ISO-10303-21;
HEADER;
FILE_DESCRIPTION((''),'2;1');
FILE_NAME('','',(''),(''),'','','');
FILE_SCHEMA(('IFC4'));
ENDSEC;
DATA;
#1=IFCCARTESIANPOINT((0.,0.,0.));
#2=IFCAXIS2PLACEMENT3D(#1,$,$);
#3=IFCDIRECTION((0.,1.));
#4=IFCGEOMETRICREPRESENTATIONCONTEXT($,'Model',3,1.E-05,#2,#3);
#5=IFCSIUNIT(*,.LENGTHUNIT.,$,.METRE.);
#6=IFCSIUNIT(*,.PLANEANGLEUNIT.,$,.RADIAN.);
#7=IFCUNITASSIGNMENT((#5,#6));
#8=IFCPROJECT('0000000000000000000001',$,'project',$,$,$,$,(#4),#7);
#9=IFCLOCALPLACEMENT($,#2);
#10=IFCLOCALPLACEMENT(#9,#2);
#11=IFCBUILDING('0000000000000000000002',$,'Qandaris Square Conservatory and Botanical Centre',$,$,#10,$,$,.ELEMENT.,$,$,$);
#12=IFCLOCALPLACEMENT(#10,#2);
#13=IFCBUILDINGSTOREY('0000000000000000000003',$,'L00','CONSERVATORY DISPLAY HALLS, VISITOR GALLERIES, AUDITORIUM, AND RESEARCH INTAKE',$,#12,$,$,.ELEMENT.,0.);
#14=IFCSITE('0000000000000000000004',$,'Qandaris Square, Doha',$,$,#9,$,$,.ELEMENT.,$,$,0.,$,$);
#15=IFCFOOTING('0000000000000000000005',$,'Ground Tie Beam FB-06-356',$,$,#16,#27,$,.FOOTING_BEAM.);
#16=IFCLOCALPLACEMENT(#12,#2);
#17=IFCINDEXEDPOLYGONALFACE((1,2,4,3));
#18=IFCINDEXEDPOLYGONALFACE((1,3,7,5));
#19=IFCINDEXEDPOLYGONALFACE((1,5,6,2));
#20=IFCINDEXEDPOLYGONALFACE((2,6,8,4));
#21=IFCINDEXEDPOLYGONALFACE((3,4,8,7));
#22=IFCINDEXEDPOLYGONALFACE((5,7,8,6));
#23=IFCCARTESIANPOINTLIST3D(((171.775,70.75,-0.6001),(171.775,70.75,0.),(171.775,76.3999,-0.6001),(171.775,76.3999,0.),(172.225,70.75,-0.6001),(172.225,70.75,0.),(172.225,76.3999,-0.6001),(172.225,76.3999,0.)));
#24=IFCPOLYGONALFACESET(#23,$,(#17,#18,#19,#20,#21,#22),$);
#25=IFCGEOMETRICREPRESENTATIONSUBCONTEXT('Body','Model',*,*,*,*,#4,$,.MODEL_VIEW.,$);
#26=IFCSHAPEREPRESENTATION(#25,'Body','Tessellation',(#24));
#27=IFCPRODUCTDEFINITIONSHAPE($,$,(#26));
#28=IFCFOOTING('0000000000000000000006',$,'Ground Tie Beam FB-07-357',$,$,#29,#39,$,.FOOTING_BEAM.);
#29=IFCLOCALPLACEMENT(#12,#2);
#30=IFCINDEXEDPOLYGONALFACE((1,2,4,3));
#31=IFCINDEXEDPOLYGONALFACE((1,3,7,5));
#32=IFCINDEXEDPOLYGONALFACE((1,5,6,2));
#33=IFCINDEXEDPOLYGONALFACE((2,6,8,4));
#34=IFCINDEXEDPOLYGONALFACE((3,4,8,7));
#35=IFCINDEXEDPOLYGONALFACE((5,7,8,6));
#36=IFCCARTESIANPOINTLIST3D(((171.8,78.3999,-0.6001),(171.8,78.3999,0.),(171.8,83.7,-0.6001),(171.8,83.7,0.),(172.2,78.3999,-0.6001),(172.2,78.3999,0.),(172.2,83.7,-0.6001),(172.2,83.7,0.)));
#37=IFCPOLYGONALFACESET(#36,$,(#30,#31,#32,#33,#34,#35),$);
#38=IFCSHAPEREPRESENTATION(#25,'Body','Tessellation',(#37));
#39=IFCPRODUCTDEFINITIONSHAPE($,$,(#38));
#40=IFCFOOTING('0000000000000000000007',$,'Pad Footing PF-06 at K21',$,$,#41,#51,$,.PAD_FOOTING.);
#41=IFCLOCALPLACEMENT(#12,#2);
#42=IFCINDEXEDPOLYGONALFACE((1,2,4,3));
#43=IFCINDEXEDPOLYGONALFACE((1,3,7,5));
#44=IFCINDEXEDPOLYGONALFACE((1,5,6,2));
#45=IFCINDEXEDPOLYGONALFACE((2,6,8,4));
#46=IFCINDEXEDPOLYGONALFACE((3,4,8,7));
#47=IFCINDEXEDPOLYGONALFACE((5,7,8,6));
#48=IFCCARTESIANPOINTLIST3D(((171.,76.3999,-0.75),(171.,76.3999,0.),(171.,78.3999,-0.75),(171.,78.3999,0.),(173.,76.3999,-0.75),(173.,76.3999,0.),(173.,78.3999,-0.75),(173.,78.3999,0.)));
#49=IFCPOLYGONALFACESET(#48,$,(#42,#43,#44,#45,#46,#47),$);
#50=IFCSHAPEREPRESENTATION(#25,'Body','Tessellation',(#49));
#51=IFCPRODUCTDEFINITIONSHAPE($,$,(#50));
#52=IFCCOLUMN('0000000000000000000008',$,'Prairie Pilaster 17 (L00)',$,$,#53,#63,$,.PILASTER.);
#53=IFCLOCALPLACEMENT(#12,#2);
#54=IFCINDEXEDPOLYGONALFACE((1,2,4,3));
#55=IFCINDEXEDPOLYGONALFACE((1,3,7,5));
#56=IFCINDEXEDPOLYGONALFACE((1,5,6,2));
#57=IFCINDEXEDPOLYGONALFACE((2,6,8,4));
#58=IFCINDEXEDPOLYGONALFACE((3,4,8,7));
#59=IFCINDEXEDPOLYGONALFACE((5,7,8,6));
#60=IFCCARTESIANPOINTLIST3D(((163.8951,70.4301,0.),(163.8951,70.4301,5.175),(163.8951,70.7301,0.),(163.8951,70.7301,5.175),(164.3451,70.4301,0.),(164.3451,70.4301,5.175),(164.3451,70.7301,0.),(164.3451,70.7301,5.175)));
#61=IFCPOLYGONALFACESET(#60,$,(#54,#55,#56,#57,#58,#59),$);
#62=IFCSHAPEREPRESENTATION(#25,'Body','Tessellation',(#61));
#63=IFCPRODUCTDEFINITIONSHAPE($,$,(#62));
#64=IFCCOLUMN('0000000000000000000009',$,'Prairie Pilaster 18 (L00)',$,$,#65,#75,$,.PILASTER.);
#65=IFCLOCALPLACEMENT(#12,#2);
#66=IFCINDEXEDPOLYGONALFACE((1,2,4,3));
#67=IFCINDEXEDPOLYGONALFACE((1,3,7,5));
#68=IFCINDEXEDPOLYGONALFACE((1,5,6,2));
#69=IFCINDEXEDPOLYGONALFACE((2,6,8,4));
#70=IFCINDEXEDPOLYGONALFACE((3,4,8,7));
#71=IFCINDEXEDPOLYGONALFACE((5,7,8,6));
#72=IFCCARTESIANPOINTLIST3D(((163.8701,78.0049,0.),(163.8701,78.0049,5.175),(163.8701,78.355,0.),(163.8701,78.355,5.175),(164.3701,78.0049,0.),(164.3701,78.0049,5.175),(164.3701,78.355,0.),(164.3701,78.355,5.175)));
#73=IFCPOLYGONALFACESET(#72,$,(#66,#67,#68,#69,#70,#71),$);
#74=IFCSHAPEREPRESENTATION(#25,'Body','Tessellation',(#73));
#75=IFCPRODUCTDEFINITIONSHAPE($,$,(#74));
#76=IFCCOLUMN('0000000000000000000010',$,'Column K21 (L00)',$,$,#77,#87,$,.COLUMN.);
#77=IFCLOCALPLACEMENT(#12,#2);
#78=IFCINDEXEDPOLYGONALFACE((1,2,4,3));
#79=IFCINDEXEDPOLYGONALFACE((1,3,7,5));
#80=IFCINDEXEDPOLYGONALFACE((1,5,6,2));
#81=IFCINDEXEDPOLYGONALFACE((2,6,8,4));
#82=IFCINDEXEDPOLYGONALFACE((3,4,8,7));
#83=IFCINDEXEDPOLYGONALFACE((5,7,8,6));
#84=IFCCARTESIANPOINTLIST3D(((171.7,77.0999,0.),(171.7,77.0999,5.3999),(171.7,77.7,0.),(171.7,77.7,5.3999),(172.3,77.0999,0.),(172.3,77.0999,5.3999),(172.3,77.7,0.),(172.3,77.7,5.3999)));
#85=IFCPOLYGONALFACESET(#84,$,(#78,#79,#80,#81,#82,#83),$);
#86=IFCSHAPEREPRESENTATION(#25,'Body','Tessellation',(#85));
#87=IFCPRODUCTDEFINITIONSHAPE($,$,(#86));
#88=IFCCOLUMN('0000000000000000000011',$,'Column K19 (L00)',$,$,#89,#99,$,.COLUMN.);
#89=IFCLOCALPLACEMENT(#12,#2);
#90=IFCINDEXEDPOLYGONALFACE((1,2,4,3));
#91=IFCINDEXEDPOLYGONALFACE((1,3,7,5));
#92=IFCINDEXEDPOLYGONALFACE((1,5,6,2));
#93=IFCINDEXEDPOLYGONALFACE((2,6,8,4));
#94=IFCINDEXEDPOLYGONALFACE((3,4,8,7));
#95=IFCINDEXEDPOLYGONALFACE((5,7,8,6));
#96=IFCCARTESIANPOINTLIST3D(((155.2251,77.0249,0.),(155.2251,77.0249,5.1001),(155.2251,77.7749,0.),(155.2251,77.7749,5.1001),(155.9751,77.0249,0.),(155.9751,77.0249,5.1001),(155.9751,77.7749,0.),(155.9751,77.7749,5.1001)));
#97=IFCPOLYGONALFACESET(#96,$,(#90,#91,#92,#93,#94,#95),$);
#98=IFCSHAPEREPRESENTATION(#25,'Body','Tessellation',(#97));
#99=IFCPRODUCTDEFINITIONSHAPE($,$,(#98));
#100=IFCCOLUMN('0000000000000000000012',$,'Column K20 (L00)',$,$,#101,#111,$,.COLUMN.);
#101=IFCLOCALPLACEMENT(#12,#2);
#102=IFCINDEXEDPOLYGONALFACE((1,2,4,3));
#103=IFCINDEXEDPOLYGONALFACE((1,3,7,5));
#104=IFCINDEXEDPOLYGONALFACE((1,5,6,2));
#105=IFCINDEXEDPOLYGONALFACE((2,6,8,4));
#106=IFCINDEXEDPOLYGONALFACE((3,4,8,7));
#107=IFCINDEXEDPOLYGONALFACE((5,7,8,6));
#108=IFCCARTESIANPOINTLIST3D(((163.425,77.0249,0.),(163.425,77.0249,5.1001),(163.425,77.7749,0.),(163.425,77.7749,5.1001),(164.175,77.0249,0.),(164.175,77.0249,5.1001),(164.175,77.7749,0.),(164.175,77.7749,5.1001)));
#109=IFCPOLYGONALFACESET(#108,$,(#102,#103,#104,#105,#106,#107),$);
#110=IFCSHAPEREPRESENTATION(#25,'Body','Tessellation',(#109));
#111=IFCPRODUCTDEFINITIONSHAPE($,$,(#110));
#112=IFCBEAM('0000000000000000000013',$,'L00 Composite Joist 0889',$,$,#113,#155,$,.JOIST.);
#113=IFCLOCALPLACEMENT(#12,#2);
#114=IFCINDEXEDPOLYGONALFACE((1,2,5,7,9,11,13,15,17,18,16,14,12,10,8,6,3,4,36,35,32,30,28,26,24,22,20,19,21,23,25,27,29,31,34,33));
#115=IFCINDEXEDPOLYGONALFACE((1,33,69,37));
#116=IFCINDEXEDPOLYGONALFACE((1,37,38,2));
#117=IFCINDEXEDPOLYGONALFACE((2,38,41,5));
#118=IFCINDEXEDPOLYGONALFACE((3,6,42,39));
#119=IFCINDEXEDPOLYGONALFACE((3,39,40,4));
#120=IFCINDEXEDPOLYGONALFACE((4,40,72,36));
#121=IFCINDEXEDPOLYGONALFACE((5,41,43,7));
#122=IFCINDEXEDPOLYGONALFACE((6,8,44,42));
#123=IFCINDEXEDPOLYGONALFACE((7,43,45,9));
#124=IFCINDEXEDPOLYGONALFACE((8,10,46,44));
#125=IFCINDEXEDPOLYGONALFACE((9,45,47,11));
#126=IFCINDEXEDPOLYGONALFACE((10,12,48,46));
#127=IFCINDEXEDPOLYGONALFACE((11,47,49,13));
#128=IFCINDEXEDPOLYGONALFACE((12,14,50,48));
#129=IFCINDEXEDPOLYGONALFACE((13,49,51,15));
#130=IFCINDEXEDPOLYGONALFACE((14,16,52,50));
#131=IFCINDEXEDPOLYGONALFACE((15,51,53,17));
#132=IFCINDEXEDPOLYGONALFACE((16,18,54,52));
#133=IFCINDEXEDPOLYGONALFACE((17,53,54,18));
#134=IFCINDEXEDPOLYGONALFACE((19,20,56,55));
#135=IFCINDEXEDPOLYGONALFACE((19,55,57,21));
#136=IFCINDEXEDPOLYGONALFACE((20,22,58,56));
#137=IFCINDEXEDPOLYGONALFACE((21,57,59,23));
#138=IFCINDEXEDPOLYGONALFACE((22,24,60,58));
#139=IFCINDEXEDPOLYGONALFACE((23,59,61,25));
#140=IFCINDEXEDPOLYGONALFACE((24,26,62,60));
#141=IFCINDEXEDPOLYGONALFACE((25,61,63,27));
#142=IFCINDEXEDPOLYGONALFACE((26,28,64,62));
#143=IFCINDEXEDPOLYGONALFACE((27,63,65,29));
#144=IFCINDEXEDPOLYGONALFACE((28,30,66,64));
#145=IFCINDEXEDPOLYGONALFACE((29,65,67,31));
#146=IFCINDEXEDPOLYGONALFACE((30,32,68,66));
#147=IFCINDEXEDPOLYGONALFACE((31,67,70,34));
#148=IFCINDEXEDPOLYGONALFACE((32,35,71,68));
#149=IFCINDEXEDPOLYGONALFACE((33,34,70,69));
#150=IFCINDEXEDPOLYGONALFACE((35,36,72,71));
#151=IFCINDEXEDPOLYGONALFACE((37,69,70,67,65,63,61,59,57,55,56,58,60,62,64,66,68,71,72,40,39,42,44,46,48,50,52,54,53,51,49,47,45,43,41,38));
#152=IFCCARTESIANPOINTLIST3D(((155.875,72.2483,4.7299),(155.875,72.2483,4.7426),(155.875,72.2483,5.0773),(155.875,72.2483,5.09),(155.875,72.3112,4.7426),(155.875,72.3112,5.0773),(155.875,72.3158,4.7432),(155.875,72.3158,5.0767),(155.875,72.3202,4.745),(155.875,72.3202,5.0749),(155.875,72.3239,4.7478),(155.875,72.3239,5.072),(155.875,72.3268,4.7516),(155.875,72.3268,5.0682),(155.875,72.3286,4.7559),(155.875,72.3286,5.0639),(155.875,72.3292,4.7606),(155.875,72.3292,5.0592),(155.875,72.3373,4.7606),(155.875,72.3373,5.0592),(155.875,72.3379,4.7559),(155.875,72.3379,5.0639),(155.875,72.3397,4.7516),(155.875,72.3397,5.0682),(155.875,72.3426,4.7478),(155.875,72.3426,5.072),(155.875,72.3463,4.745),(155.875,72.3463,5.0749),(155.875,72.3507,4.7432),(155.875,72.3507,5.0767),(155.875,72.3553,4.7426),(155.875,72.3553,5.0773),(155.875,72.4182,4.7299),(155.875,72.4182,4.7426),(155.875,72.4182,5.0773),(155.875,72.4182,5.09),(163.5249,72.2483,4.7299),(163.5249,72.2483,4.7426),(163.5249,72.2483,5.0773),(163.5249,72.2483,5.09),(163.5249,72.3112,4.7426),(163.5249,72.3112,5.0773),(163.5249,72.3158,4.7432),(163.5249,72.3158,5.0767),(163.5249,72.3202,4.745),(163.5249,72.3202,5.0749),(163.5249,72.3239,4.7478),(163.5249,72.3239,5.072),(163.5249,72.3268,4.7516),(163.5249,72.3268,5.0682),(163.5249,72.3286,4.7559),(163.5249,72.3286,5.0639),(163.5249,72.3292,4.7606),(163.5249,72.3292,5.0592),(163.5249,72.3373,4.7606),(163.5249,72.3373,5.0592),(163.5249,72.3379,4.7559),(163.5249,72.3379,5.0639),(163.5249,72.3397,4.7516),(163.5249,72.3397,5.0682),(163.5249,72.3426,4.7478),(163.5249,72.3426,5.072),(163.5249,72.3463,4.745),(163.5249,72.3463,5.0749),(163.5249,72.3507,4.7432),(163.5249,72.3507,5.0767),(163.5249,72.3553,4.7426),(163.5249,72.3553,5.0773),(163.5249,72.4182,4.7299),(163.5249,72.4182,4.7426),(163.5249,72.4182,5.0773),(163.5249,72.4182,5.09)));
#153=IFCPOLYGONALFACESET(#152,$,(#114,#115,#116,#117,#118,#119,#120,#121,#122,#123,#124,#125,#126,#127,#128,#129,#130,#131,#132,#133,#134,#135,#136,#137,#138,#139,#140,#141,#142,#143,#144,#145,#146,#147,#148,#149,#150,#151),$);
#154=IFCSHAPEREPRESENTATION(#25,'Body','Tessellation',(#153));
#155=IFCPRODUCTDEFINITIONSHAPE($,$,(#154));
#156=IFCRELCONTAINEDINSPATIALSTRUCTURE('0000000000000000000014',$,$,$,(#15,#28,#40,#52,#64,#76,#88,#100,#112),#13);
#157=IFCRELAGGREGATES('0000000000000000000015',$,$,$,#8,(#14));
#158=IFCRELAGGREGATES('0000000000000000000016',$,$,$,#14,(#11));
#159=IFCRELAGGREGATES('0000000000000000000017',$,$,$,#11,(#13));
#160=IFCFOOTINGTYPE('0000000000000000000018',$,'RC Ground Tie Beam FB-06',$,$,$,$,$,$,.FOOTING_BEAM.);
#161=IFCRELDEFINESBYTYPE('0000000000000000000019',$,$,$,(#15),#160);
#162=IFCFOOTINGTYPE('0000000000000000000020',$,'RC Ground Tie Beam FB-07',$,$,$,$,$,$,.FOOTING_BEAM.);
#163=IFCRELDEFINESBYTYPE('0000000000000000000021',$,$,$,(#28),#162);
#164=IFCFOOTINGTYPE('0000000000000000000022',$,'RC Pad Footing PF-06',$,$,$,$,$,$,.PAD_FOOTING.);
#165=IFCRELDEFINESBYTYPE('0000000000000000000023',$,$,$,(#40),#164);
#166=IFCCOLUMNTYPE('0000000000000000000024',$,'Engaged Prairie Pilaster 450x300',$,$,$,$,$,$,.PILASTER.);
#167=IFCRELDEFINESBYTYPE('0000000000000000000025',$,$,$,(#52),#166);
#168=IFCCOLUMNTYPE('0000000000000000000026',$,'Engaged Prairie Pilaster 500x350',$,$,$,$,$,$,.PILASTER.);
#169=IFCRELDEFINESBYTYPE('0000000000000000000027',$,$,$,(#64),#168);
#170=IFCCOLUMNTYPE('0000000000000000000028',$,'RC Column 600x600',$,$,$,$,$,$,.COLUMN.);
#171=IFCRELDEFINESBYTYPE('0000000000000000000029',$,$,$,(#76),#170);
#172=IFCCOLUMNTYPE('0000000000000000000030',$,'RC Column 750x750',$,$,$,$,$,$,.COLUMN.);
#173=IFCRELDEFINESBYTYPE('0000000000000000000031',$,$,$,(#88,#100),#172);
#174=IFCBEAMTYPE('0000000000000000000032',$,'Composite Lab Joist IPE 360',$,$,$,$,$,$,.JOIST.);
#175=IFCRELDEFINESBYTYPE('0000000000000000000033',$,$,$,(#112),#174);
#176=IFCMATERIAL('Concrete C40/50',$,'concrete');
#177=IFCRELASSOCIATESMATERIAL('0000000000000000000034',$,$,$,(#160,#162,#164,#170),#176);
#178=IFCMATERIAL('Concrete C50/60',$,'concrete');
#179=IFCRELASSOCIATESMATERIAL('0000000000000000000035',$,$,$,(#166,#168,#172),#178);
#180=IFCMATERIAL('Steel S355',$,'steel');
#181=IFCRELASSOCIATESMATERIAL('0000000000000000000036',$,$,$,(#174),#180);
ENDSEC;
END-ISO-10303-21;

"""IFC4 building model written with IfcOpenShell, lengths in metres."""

from ifc_helpers import new_model, si_unit, direction, frame, origin, origin_2d, place, context, subcontext, project, spatial, rectangle, i_section, extrude, material, material_profile, profile_set, type_object, element, save


model = new_model("IFC4")

# Units and contexts
model_context = context("Model", 3, precision=1e-05, world=origin(), true_north=direction((0.0, 1.0)))
body_context = subcontext(model_context, "Body", "Model", "MODEL_VIEW")
ifc_project = project(units=[si_unit("LENGTHUNIT", "METRE"), si_unit("PLANEANGLEUNIT", "RADIAN")], contexts=[model_context])

# Site, building, storey
site_placement = place(None, origin())
site = spatial("IfcSite", under=ifc_project, at=site_placement, Name="Qandaris Square, Doha", CompositionType="ELEMENT", RefElevation=0.0)
building_placement = place(site_placement, origin())
building = spatial("IfcBuilding", under=site, at=building_placement, Name="Qandaris Square Conservatory and Botanical Centre", CompositionType="ELEMENT")
storey_placement = place(building_placement, origin())
storey = spatial("IfcBuildingStorey", under=building, at=storey_placement, Name="L00", Description="CONSERVATORY DISPLAY HALLS, VISITOR GALLERIES, AUDITORIUM, AND RESEARCH INTAKE", CompositionType="ELEMENT", Elevation=0.0)

# Footings
ifc_material_1 = material(Name="Concrete C40/50", Category="concrete")
ifc_material_profile_1 = material_profile(ifc_material_1, rectangle(XDim=0.45, YDim=0.6001, at=origin_2d()), Name="FB 450x600")
ifc_profile_set_1 = profile_set([ifc_material_profile_1], Name="Concrete C40/50")
footing_type_1 = type_object("IfcFootingType", Name="RC Ground Tie Beam FB-06", PredefinedType="FOOTING_BEAM", material=ifc_profile_set_1)
footing_1_placement = place(storey_placement, frame((172.0, 70.75, -0.3), z_axis=(0.0, 1.0, 0.0), x_axis=(-1.0, 0.0, 0.0)))
element("IfcFooting", 1, at=footing_1_placement, inside=storey, type_object=footing_type_1, Name="Ground Tie Beam FB-06-356", PredefinedType="FOOTING_BEAM", context=body_context, shape_type="SweptSolid", body=[
    extrude(rectangle(XDim=0.45, YDim=0.6001, at=origin_2d()), origin(), (0.0, 0.0, 1.0), 5.6499),
])
ifc_material_profile_2 = material_profile(ifc_material_1, rectangle(XDim=0.3999, YDim=0.6001, at=origin_2d()), Name="FB 400x600")
ifc_profile_set_2 = profile_set([ifc_material_profile_2], Name="Concrete C40/50")
footing_type_2 = type_object("IfcFootingType", Name="RC Ground Tie Beam FB-07", PredefinedType="FOOTING_BEAM", material=ifc_profile_set_2)
footing_2_placement = place(storey_placement, frame((172.0, 78.3999, -0.3), z_axis=(0.0, 1.0, 0.0), x_axis=(-1.0, 0.0, 0.0)))
element("IfcFooting", 2, at=footing_2_placement, inside=storey, type_object=footing_type_2, Name="Ground Tie Beam FB-07-357", PredefinedType="FOOTING_BEAM", context=body_context, shape_type="SweptSolid", body=[
    extrude(rectangle(XDim=0.3999, YDim=0.6001, at=origin_2d()), origin(), (0.0, 0.0, 1.0), 5.3),
])
footing_type_3 = type_object("IfcFootingType", Name="RC Pad Footing PF-06", PredefinedType="PAD_FOOTING", material=ifc_material_1)
footing_3_placement = place(storey_placement, frame((172.0, 77.3999, -0.75), z_axis=(0.0, 0.0, 1.0), x_axis=(1.0, 0.0, 0.0)))
element("IfcFooting", 3, at=footing_3_placement, inside=storey, type_object=footing_type_3, Name="Pad Footing PF-06 at K21", PredefinedType="PAD_FOOTING", context=body_context, shape_type="SweptSolid", body=[
    extrude(rectangle(XDim=2.0, YDim=2.0, at=origin_2d()), origin(), (0.0, 0.0, 1.0), 0.75),
])

# Columns
ifc_material_2 = material(Name="Concrete C50/60", Category="concrete")
ifc_material_profile_3 = material_profile(ifc_material_2, rectangle(XDim=0.45, YDim=0.3, at=origin_2d()), Name="RC-PIL 450x300")
ifc_profile_set_3 = profile_set([ifc_material_profile_3], Name="Concrete C50/60")
column_type_1 = type_object("IfcColumnType", Name="Engaged Prairie Pilaster 450x300", PredefinedType="PILASTER", material=ifc_profile_set_3)
column_1_placement = place(storey_placement, frame((164.1201, 70.5801, 0.0), z_axis=(0.0, 0.0, 1.0), x_axis=(1.0, 0.0, 0.0)))
element("IfcColumn", 4, at=column_1_placement, inside=storey, type_object=column_type_1, Name="Prairie Pilaster 17 (L00)", PredefinedType="PILASTER", context=body_context, shape_type="SweptSolid", body=[
    extrude(rectangle(XDim=0.45, YDim=0.3, at=origin_2d()), origin(), (0.0, 0.0, 1.0), 5.175),
])
ifc_material_profile_4 = material_profile(ifc_material_2, rectangle(XDim=0.5, YDim=0.3501, at=origin_2d()), Name="RC-PIL 500x350")
ifc_profile_set_4 = profile_set([ifc_material_profile_4], Name="Concrete C50/60")
column_type_2 = type_object("IfcColumnType", Name="Engaged Prairie Pilaster 500x350", PredefinedType="PILASTER", material=ifc_profile_set_4)
column_2_placement = place(storey_placement, frame((164.1201, 78.1799, 0.0), z_axis=(0.0, 0.0, 1.0), x_axis=(1.0, 0.0, 0.0)))
element("IfcColumn", 5, at=column_2_placement, inside=storey, type_object=column_type_2, Name="Prairie Pilaster 18 (L00)", PredefinedType="PILASTER", context=body_context, shape_type="SweptSolid", body=[
    extrude(rectangle(XDim=0.5, YDim=0.3501, at=origin_2d()), origin(), (0.0, 0.0, 1.0), 5.175),
])
ifc_material_profile_5 = material_profile(ifc_material_1, rectangle(XDim=0.6001, YDim=0.6001, at=origin_2d()), Name="RC-COL 600x600")
ifc_profile_set_5 = profile_set([ifc_material_profile_5], Name="Concrete C40/50")
column_type_3 = type_object("IfcColumnType", Name="RC Column 600x600", PredefinedType="COLUMN", material=ifc_profile_set_5)
column_3_placement = place(storey_placement, frame((172.0, 77.3999, 0.0), z_axis=(0.0, 0.0, 1.0), x_axis=(1.0, 0.0, 0.0)))
element("IfcColumn", 6, at=column_3_placement, inside=storey, type_object=column_type_3, Name="Column K21 (L00)", PredefinedType="COLUMN", context=body_context, shape_type="SweptSolid", body=[
    extrude(rectangle(XDim=0.6001, YDim=0.6001, at=origin_2d()), origin(), (0.0, 0.0, 1.0), 5.3999),
])
ifc_material_profile_6 = material_profile(ifc_material_2, rectangle(XDim=0.75, YDim=0.75, at=origin_2d()), Name="RC-COL 750x750")
ifc_profile_set_6 = profile_set([ifc_material_profile_6], Name="Concrete C50/60")
column_type_4 = type_object("IfcColumnType", Name="RC Column 750x750", PredefinedType="COLUMN", material=ifc_profile_set_6)
for number, where, z_axis, x_axis, name in (
    (7, (155.6001, 77.3999, 0.0), (0.0, 0.0, 1.0), (1.0, 0.0, 0.0), "Column K19 (L00)"),
    (8, (163.8, 77.3999, 0.0), (0.0, 0.0, 1.0), (1.0, 0.0, 0.0), "Column K20 (L00)"),
):
    element("IfcColumn", number, at=place(storey_placement, frame(where, z_axis=z_axis, x_axis=x_axis)), inside=storey, type_object=column_type_4, Name=name, PredefinedType="COLUMN", context=body_context, shape_type="SweptSolid", body=[
        extrude(rectangle(XDim=0.75, YDim=0.75, at=origin_2d()), origin(), (0.0, 0.0, 1.0), 5.1001),
    ])

# Beam
ifc_material_3 = material(Name="Steel S355", Category="steel")
ifc_material_profile_7 = material_profile(ifc_material_3, i_section(OverallWidth=0.1699, OverallDepth=0.3601, WebThickness=0.0081, FlangeThickness=0.0127, FilletRadius=0.0181, at=origin_2d()), Name="IPE 360")
ifc_profile_set_7 = profile_set([ifc_material_profile_7], Name="Steel S355")
beam_type_1 = type_object("IfcBeamType", Name="Composite Lab Joist IPE 360", PredefinedType="JOIST", material=ifc_profile_set_7)
beam_1_placement = place(storey_placement, frame((155.875, 72.3333, 4.9099), z_axis=(1.0, 0.0, 0.0), x_axis=(0.0, 1.0, 0.0)))
element("IfcBeam", 9, at=beam_1_placement, inside=storey, type_object=beam_type_1, Name="L00 Composite Joist 0889", PredefinedType="JOIST", context=body_context, shape_type="SweptSolid", body=[
    extrude(i_section(OverallWidth=0.1699, OverallDepth=0.3601, WebThickness=0.0081, FlangeThickness=0.0127, FilletRadius=0.0181, at=origin_2d()), origin(), (0.0, 0.0, 1.0), 7.6499),
])

save(model, "model.ifc")
